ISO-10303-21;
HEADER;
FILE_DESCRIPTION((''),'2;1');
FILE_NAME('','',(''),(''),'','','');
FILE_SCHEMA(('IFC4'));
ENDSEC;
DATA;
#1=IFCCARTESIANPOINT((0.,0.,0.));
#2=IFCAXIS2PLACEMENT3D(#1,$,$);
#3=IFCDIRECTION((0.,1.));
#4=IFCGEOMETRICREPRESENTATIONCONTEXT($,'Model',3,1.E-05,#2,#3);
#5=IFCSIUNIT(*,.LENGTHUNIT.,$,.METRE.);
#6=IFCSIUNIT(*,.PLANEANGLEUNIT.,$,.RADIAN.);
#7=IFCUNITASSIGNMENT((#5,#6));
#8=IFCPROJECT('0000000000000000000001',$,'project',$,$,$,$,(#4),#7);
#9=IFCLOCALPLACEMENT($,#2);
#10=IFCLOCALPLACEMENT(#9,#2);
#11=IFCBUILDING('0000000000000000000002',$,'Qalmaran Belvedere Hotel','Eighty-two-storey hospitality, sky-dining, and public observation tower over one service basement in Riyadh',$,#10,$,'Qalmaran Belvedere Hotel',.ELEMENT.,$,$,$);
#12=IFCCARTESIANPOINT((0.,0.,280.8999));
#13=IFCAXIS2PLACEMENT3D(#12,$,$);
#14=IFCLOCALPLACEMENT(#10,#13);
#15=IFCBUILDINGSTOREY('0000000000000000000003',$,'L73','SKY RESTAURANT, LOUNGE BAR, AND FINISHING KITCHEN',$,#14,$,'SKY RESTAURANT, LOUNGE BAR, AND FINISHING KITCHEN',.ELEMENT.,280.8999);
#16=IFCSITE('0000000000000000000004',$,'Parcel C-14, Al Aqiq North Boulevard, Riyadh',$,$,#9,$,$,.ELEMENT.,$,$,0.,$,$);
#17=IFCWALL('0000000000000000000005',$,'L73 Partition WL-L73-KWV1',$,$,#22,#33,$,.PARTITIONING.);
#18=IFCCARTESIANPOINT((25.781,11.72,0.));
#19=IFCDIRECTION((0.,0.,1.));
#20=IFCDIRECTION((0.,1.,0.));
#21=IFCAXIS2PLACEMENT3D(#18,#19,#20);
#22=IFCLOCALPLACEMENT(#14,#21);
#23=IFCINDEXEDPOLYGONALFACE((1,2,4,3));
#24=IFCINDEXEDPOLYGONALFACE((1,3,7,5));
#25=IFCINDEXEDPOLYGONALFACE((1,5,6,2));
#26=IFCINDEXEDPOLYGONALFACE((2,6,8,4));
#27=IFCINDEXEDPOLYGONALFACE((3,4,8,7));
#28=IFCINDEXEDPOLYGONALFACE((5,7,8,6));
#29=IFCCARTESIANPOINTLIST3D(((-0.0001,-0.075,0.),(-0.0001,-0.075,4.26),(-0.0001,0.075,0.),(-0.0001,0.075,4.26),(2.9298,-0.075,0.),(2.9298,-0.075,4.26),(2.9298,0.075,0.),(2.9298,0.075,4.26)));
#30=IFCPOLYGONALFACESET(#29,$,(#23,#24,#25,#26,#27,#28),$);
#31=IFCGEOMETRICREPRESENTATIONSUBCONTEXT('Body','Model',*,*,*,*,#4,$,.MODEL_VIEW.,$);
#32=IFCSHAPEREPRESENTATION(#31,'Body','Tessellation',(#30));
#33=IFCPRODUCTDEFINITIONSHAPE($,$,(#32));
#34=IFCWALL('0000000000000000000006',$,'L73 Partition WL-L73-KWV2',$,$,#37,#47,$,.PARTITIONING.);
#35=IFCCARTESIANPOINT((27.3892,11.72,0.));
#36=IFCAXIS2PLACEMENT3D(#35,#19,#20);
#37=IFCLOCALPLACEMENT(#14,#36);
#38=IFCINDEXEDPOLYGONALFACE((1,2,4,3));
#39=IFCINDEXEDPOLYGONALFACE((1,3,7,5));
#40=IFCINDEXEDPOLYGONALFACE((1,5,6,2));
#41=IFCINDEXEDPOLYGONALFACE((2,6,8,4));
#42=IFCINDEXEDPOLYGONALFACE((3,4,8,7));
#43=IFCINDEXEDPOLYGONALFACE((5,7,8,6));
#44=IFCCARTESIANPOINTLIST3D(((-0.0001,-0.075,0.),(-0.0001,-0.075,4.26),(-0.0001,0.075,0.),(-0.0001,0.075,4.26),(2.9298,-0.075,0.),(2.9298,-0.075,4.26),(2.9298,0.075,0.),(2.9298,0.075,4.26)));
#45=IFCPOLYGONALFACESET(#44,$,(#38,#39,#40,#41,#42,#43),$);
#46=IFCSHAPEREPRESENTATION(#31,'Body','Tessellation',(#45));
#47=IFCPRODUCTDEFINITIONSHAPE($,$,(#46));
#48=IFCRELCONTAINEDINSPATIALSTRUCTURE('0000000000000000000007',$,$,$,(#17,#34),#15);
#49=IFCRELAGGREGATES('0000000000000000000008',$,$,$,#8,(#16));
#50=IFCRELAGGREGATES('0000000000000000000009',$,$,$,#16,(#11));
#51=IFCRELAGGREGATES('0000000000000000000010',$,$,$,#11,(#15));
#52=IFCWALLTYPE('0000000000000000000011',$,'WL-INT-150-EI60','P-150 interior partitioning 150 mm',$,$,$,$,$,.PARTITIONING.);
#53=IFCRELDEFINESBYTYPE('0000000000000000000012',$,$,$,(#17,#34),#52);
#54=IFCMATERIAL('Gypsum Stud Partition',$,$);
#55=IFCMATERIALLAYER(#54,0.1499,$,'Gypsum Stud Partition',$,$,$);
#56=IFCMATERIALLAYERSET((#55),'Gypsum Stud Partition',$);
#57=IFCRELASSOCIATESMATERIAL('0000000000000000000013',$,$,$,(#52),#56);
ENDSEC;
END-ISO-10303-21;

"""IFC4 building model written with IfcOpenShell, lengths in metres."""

from ifc_helpers import new_model, si_unit, direction, frame, frame_2d, origin, place, context, subcontext, project, spatial, rectangle, extrude, material, layer, layer_set, type_object, element, save


model = new_model("IFC4")

# Units and contexts
model_context = context("Model", 3, precision=1e-05, world=origin(), true_north=direction((0.0, 1.0)))
body_context = subcontext(model_context, "Body", "Model", "MODEL_VIEW")
ifc_project = project(units=[si_unit("LENGTHUNIT", "METRE"), si_unit("PLANEANGLEUNIT", "RADIAN")], contexts=[model_context])

# Site, building, storey
site_placement = place(None, origin())
site = spatial("IfcSite", under=ifc_project, at=site_placement, Name="Parcel C-14, Al Aqiq North Boulevard, Riyadh", CompositionType="ELEMENT", RefElevation=0.0)
building_placement = place(site_placement, origin())
building = spatial("IfcBuilding", under=site, at=building_placement, Name="Qalmaran Belvedere Hotel", Description="Eighty-two-storey hospitality, sky-dining, and public observation tower over one service basement in Riyadh", LongName="Qalmaran Belvedere Hotel", CompositionType="ELEMENT")
storey_placement = place(building_placement, frame((0.0, 0.0, 280.8999)))
storey = spatial("IfcBuildingStorey", under=building, at=storey_placement, Name="L73", Description="SKY RESTAURANT, LOUNGE BAR, AND FINISHING KITCHEN", LongName="SKY RESTAURANT, LOUNGE BAR, AND FINISHING KITCHEN", CompositionType="ELEMENT", Elevation=280.8999)

# Walls
ifc_material_1 = material(Name="Gypsum Stud Partition")
ifc_layer_1 = layer(ifc_material_1, 0.1499, Name="Gypsum Stud Partition")
ifc_layer_set_1 = layer_set([ifc_layer_1], Name="Gypsum Stud Partition")
wall_type_1 = type_object("IfcWallType", Name="WL-INT-150-EI60", Description="P-150 interior partitioning 150 mm", PredefinedType="PARTITIONING", material=ifc_layer_set_1)
for number, where, z_axis, x_axis, name in (
    (1, (25.781, 11.72, 0.0), (0.0, 0.0, 1.0), (0.0, 1.0, 0.0), "L73 Partition WL-L73-KWV1"),
    (2, (27.3892, 11.72, 0.0), (0.0, 0.0, 1.0), (0.0, 1.0, 0.0), "L73 Partition WL-L73-KWV2"),
):
    element("IfcWall", number, at=place(storey_placement, frame(where, z_axis=z_axis, x_axis=x_axis)), inside=storey, type_object=wall_type_1, Name=name, PredefinedType="PARTITIONING", context=body_context, shape_type="SweptSolid", body=[
        extrude(rectangle(XDim=2.9299, YDim=0.1499, at=frame_2d((1.4648, 0.0))), origin(), (0.0, 0.0, 1.0), 4.26),
    ])

save(model, "model.ifc")
